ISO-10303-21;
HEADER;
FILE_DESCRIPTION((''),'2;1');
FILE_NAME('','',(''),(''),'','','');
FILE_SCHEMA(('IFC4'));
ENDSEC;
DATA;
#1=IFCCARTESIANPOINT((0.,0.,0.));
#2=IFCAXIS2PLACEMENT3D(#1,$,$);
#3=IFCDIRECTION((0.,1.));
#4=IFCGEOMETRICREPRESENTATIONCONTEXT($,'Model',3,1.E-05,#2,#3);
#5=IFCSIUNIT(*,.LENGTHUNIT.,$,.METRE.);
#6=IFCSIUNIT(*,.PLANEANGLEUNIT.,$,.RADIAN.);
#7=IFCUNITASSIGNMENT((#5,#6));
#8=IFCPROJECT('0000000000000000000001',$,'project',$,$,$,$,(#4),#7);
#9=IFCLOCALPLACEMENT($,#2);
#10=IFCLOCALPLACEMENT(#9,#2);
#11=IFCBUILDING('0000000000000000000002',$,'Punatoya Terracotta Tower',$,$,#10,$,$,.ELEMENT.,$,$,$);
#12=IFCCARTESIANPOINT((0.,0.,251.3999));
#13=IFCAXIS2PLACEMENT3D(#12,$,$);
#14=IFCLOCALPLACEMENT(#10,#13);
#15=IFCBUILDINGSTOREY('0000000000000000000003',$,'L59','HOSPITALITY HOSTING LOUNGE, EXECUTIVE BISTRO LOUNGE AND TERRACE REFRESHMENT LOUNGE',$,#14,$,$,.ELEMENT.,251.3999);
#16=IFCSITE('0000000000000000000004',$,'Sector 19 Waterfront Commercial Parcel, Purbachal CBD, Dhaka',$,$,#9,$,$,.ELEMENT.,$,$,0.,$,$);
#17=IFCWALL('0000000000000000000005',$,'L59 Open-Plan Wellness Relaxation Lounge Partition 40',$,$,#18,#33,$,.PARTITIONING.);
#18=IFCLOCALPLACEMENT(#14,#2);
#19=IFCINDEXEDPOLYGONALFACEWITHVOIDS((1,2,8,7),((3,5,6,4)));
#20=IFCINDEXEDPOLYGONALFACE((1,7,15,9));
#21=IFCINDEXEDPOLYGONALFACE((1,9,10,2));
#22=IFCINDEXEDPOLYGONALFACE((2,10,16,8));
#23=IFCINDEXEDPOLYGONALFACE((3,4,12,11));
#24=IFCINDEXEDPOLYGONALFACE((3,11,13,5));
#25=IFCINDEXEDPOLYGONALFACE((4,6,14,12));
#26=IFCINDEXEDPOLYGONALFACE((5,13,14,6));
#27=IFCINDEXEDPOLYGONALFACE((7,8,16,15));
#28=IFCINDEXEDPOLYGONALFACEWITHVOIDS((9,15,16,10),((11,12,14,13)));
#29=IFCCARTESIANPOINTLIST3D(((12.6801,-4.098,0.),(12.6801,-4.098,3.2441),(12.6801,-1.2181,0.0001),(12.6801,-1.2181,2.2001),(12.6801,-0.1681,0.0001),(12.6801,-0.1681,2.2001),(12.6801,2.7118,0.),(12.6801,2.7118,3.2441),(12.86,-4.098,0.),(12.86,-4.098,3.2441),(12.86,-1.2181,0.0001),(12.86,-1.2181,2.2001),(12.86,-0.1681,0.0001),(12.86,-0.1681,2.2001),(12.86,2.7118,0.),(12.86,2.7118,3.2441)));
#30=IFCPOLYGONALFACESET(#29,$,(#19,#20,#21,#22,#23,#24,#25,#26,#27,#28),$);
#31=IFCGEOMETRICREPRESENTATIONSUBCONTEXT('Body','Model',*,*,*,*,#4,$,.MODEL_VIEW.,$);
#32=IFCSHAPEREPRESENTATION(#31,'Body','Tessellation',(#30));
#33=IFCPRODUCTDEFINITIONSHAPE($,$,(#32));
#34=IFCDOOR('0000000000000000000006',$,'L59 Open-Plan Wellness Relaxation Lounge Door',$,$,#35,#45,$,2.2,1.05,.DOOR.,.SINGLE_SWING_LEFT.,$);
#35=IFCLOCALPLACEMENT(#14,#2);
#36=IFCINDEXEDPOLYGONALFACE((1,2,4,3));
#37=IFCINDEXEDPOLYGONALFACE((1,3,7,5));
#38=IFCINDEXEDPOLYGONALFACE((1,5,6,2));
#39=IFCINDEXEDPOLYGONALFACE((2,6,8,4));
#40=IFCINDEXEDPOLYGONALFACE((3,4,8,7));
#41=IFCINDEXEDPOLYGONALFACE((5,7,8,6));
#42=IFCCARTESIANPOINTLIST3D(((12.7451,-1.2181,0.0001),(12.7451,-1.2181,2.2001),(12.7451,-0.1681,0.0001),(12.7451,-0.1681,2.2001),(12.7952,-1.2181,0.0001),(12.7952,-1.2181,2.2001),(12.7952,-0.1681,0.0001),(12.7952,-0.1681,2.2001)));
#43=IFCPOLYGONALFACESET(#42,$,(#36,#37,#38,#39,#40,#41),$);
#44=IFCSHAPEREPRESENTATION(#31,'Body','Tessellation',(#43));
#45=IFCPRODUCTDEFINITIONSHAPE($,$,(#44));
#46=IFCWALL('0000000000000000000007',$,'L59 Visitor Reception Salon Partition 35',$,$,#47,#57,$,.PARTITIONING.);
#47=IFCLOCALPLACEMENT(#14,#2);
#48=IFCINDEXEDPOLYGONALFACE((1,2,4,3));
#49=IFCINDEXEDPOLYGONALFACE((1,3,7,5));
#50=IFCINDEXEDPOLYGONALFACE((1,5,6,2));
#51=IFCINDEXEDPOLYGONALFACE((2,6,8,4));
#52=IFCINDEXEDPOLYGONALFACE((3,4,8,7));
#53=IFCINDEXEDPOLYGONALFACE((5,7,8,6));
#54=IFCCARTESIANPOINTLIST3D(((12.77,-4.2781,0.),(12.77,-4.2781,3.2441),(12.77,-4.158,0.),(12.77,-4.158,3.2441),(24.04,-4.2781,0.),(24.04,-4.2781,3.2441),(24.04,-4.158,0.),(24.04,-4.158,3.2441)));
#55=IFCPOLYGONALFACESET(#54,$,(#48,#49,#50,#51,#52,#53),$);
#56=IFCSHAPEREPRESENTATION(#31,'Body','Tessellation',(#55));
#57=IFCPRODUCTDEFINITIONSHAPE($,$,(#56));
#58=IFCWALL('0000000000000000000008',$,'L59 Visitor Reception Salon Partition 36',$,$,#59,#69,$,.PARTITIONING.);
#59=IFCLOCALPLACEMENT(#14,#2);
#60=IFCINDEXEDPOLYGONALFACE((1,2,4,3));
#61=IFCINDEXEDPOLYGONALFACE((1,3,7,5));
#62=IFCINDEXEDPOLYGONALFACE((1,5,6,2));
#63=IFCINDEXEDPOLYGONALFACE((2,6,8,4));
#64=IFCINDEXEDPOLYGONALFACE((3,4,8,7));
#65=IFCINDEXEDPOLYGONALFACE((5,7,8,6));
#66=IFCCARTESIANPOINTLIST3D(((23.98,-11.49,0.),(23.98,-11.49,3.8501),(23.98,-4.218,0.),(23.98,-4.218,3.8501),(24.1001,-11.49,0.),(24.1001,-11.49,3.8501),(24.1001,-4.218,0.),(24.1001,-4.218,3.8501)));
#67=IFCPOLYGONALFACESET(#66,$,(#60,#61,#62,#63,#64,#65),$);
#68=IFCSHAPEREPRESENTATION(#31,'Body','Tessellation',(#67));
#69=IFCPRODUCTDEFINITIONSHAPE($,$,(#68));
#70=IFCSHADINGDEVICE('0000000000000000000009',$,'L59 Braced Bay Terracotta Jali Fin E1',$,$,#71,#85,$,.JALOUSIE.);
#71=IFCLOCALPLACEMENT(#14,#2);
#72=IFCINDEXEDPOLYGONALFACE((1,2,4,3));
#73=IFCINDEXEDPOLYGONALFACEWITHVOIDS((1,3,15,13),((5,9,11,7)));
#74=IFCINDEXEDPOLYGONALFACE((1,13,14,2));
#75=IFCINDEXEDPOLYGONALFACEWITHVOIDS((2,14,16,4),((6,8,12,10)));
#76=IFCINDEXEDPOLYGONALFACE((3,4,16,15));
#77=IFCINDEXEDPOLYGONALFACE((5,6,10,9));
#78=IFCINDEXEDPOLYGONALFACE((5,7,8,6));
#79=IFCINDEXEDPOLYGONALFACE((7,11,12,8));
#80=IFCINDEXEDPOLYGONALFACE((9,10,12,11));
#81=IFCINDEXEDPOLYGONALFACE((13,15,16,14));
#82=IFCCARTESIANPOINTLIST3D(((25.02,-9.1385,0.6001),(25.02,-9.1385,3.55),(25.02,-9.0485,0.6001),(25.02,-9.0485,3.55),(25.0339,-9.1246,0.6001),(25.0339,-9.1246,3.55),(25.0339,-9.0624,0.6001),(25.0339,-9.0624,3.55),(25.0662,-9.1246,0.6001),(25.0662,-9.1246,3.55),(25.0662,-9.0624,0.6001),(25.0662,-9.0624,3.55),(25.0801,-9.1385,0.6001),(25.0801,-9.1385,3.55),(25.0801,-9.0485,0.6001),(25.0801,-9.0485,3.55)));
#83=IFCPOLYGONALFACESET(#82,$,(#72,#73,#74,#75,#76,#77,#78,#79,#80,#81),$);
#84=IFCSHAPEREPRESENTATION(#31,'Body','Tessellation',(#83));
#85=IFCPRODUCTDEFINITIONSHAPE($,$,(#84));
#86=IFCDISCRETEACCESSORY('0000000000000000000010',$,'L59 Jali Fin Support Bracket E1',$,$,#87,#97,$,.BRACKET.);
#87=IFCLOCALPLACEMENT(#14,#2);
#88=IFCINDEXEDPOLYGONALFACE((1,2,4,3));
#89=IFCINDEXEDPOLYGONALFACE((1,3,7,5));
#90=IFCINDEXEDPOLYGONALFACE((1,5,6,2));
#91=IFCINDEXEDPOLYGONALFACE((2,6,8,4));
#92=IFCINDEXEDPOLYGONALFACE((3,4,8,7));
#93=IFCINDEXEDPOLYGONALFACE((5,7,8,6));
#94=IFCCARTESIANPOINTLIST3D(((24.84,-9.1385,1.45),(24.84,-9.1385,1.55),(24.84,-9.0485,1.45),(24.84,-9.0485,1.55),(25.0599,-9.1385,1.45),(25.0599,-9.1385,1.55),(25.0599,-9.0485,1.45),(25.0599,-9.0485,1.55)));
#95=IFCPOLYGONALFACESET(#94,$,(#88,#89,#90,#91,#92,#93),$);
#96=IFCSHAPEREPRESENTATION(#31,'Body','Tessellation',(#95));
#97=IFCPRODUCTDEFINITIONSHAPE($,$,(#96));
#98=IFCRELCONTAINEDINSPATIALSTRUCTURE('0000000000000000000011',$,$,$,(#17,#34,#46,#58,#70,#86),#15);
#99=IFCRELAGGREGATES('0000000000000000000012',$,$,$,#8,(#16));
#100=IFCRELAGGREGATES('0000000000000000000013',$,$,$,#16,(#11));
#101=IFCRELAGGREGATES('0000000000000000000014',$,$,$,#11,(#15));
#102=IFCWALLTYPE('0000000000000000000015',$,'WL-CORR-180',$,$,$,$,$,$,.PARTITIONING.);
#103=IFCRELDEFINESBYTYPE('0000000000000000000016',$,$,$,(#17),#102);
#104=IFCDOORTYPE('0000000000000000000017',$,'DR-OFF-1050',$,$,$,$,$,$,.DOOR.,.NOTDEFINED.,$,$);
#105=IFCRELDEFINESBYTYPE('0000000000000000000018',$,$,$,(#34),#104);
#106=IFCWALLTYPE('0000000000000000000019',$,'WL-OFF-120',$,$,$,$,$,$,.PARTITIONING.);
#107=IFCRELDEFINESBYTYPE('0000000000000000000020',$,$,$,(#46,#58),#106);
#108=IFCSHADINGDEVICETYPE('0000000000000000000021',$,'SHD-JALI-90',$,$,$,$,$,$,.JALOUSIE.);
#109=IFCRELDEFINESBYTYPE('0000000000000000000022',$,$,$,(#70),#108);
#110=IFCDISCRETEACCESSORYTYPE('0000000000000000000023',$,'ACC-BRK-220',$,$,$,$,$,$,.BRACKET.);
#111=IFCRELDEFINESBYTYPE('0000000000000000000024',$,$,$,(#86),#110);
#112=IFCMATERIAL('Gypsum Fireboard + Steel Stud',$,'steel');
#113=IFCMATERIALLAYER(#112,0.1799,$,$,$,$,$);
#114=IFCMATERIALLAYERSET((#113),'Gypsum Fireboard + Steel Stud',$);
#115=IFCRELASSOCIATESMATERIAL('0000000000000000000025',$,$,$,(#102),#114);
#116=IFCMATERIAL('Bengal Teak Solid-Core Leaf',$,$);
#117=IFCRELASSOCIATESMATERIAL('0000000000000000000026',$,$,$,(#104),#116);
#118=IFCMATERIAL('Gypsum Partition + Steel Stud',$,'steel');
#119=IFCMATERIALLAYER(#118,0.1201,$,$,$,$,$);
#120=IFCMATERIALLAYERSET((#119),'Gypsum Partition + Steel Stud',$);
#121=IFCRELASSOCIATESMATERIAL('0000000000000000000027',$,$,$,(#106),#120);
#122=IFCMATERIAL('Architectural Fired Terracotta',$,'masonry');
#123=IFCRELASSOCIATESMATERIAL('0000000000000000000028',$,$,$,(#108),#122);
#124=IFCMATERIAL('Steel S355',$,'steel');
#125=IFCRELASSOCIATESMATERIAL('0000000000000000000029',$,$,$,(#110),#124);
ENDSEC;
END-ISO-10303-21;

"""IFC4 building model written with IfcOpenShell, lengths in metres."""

from ifc_helpers import new_model, si_unit, direction, frame, frame_2d, origin, origin_2d, place, context, subcontext, project, spatial, rectangle, hollow_rectangle, extrude, material, layer, layer_set, material_profile, profile_set, type_object, element, fill, save


model = new_model("IFC4")

# Units and contexts
model_context = context("Model", 3, precision=1e-05, world=origin(), true_north=direction((0.0, 1.0)))
body_context = subcontext(model_context, "Body", "Model", "MODEL_VIEW")
ifc_project = project(units=[si_unit("LENGTHUNIT", "METRE"), si_unit("PLANEANGLEUNIT", "RADIAN")], contexts=[model_context])

# Site, building, storey
site_placement = place(None, origin())
site = spatial("IfcSite", under=ifc_project, at=site_placement, Name="Sector 19 Waterfront Commercial Parcel, Purbachal CBD, Dhaka", CompositionType="ELEMENT", RefElevation=0.0)
building_placement = place(site_placement, origin())
building = spatial("IfcBuilding", under=site, at=building_placement, Name="Punatoya Terracotta Tower", CompositionType="ELEMENT")
storey_placement = place(building_placement, frame((0.0, 0.0, 251.3999)))
storey = spatial("IfcBuildingStorey", under=building, at=storey_placement, Name="L59", Description="HOSPITALITY HOSTING LOUNGE, EXECUTIVE BISTRO LOUNGE AND TERRACE REFRESHMENT LOUNGE", CompositionType="ELEMENT", Elevation=251.3999)

# Wall, opening, door
ifc_material_1 = material(Name="Gypsum Fireboard + Steel Stud", Category="steel")
ifc_layer_1 = layer(ifc_material_1, 0.1799)
ifc_layer_set_1 = layer_set([ifc_layer_1], Name="Gypsum Fireboard + Steel Stud")
wall_type_1 = type_object("IfcWallType", Name="WL-CORR-180", PredefinedType="PARTITIONING", material=ifc_layer_set_1)
ifc_material_2 = material(Name="Bengal Teak Solid-Core Leaf")
door_type_1 = type_object("IfcDoorType", Name="DR-OFF-1050", OperationType="NOTDEFINED", PredefinedType="DOOR", material=ifc_material_2)
wall_1_placement = place(storey_placement, frame((12.77, -4.0979, 0.0), z_axis=(0.0, 0.0, 1.0), x_axis=(0.0, 1.0, 0.0)))
wall_1 = element("IfcWall", 1, at=wall_1_placement, inside=storey, type_object=wall_type_1, Name="L59 Open-Plan Wellness Relaxation Lounge Partition 40", PredefinedType="PARTITIONING", context=body_context, shape_type="SweptSolid", body=[
    extrude(rectangle(XDim=6.8098, YDim=0.1799, at=frame_2d((3.4048, 0.0))), origin(), (0.0, 0.0, 1.0), 3.2441),
])
opening_1_placement = place(wall_1_placement, frame((2.8799, 0.0, 0.0)))
opening_1 = element("IfcOpeningElement", 2, at=opening_1_placement, cuts=wall_1, PredefinedType="OPENING", context=body_context, shape_type="SweptSolid", body=[
    extrude(rectangle(XDim=1.05, YDim=2.2, at=frame_2d((0.5249, 1.1001))), frame((0.0, 0.0999, 0.0), z_axis=(0.0, -1.0, 0.0), x_axis=(1.0, 0.0, 0.0)), (0.0, 0.0, 1.0), 0.2),
])
door_1_placement = place(opening_1_placement, origin())
door_1 = element("IfcDoor", 3, at=door_1_placement, inside=storey, type_object=door_type_1, Name="L59 Open-Plan Wellness Relaxation Lounge Door", OperationType="SINGLE_SWING_LEFT", OverallHeight=2.2, OverallWidth=1.05, PredefinedType="DOOR", context=body_context, shape_type="SweptSolid", body=[
    extrude(rectangle(XDim=1.05, YDim=2.2, at=frame_2d((0.5249, 1.1001))), frame((0.0, 0.0249, 0.0), z_axis=(0.0, -1.0, 0.0), x_axis=(1.0, 0.0, 0.0)), (0.0, 0.0, 1.0), 0.05),
])
fill(opening_1, door_1)

# Walls
ifc_material_3 = material(Name="Gypsum Partition + Steel Stud", Category="steel")
ifc_layer_2 = layer(ifc_material_3, 0.1201)
ifc_layer_set_2 = layer_set([ifc_layer_2], Name="Gypsum Partition + Steel Stud")
wall_type_2 = type_object("IfcWallType", Name="WL-OFF-120", PredefinedType="PARTITIONING", material=ifc_layer_set_2)
wall_2_placement = place(storey_placement, frame((12.77, -4.218, 0.0), z_axis=(0.0, 0.0, 1.0), x_axis=(1.0, 0.0, 0.0)))
element("IfcWall", 4, at=wall_2_placement, inside=storey, type_object=wall_type_2, Name="L59 Visitor Reception Salon Partition 35", PredefinedType="PARTITIONING", context=body_context, shape_type="SweptSolid", body=[
    extrude(rectangle(XDim=11.27, YDim=0.1201, at=frame_2d((5.635, 0.0))), origin(), (0.0, 0.0, 1.0), 3.2441),
])
wall_3_placement = place(storey_placement, frame((24.04, -4.218, 0.0), z_axis=(0.0, 0.0, 1.0), x_axis=(0.0, -1.0, 0.0)))
element("IfcWall", 5, at=wall_3_placement, inside=storey, type_object=wall_type_2, Name="L59 Visitor Reception Salon Partition 36", PredefinedType="PARTITIONING", context=body_context, shape_type="SweptSolid", body=[
    extrude(rectangle(XDim=7.272, YDim=0.1201, at=frame_2d((3.636, 0.0))), origin(), (0.0, 0.0, 1.0), 3.8501),
])

# Shading device
ifc_material_4 = material(Name="Architectural Fired Terracotta", Category="masonry")
ifc_material_profile_1 = material_profile(ifc_material_4, hollow_rectangle(XDim=0.0601, YDim=0.0901, WallThickness=0.0139, at=origin_2d()))
ifc_profile_set_1 = profile_set([ifc_material_profile_1], Name="Architectural Fired Terracotta")
shading_device_type = type_object("IfcShadingDeviceType", Name="SHD-JALI-90", PredefinedType="JALOUSIE", material=ifc_profile_set_1)
shading_device_placement = place(storey_placement, frame((25.05, -9.0935, 0.6001), z_axis=(0.0, 0.0, 1.0), x_axis=(1.0, 0.0, 0.0)))
element("IfcShadingDevice", 6, at=shading_device_placement, inside=storey, type_object=shading_device_type, Name="L59 Braced Bay Terracotta Jali Fin E1", PredefinedType="JALOUSIE", context=body_context, shape_type="SweptSolid", body=[
    extrude(hollow_rectangle(XDim=0.0601, YDim=0.0901, WallThickness=0.0139, at=origin_2d()), origin(), (0.0, 0.0, 1.0), 2.95),
])

# Discrete accessory
ifc_material_5 = material(Name="Steel S355", Category="steel")
discrete_accessory_type = type_object("IfcDiscreteAccessoryType", Name="ACC-BRK-220", PredefinedType="BRACKET", material=ifc_material_5)
discrete_accessory_placement = place(storey_placement, frame((24.95, -9.0935, 1.45), z_axis=(0.0, 0.0, 1.0), x_axis=(0.0, 1.0, 0.0)))
element("IfcDiscreteAccessory", 7, at=discrete_accessory_placement, inside=storey, type_object=discrete_accessory_type, Name="L59 Jali Fin Support Bracket E1", PredefinedType="BRACKET", context=body_context, shape_type="SweptSolid", body=[
    extrude(rectangle(XDim=0.0901, YDim=0.22, at=origin_2d()), origin(), (0.0, 0.0, 1.0), 0.1001),
])

save(model, "model.ifc")
